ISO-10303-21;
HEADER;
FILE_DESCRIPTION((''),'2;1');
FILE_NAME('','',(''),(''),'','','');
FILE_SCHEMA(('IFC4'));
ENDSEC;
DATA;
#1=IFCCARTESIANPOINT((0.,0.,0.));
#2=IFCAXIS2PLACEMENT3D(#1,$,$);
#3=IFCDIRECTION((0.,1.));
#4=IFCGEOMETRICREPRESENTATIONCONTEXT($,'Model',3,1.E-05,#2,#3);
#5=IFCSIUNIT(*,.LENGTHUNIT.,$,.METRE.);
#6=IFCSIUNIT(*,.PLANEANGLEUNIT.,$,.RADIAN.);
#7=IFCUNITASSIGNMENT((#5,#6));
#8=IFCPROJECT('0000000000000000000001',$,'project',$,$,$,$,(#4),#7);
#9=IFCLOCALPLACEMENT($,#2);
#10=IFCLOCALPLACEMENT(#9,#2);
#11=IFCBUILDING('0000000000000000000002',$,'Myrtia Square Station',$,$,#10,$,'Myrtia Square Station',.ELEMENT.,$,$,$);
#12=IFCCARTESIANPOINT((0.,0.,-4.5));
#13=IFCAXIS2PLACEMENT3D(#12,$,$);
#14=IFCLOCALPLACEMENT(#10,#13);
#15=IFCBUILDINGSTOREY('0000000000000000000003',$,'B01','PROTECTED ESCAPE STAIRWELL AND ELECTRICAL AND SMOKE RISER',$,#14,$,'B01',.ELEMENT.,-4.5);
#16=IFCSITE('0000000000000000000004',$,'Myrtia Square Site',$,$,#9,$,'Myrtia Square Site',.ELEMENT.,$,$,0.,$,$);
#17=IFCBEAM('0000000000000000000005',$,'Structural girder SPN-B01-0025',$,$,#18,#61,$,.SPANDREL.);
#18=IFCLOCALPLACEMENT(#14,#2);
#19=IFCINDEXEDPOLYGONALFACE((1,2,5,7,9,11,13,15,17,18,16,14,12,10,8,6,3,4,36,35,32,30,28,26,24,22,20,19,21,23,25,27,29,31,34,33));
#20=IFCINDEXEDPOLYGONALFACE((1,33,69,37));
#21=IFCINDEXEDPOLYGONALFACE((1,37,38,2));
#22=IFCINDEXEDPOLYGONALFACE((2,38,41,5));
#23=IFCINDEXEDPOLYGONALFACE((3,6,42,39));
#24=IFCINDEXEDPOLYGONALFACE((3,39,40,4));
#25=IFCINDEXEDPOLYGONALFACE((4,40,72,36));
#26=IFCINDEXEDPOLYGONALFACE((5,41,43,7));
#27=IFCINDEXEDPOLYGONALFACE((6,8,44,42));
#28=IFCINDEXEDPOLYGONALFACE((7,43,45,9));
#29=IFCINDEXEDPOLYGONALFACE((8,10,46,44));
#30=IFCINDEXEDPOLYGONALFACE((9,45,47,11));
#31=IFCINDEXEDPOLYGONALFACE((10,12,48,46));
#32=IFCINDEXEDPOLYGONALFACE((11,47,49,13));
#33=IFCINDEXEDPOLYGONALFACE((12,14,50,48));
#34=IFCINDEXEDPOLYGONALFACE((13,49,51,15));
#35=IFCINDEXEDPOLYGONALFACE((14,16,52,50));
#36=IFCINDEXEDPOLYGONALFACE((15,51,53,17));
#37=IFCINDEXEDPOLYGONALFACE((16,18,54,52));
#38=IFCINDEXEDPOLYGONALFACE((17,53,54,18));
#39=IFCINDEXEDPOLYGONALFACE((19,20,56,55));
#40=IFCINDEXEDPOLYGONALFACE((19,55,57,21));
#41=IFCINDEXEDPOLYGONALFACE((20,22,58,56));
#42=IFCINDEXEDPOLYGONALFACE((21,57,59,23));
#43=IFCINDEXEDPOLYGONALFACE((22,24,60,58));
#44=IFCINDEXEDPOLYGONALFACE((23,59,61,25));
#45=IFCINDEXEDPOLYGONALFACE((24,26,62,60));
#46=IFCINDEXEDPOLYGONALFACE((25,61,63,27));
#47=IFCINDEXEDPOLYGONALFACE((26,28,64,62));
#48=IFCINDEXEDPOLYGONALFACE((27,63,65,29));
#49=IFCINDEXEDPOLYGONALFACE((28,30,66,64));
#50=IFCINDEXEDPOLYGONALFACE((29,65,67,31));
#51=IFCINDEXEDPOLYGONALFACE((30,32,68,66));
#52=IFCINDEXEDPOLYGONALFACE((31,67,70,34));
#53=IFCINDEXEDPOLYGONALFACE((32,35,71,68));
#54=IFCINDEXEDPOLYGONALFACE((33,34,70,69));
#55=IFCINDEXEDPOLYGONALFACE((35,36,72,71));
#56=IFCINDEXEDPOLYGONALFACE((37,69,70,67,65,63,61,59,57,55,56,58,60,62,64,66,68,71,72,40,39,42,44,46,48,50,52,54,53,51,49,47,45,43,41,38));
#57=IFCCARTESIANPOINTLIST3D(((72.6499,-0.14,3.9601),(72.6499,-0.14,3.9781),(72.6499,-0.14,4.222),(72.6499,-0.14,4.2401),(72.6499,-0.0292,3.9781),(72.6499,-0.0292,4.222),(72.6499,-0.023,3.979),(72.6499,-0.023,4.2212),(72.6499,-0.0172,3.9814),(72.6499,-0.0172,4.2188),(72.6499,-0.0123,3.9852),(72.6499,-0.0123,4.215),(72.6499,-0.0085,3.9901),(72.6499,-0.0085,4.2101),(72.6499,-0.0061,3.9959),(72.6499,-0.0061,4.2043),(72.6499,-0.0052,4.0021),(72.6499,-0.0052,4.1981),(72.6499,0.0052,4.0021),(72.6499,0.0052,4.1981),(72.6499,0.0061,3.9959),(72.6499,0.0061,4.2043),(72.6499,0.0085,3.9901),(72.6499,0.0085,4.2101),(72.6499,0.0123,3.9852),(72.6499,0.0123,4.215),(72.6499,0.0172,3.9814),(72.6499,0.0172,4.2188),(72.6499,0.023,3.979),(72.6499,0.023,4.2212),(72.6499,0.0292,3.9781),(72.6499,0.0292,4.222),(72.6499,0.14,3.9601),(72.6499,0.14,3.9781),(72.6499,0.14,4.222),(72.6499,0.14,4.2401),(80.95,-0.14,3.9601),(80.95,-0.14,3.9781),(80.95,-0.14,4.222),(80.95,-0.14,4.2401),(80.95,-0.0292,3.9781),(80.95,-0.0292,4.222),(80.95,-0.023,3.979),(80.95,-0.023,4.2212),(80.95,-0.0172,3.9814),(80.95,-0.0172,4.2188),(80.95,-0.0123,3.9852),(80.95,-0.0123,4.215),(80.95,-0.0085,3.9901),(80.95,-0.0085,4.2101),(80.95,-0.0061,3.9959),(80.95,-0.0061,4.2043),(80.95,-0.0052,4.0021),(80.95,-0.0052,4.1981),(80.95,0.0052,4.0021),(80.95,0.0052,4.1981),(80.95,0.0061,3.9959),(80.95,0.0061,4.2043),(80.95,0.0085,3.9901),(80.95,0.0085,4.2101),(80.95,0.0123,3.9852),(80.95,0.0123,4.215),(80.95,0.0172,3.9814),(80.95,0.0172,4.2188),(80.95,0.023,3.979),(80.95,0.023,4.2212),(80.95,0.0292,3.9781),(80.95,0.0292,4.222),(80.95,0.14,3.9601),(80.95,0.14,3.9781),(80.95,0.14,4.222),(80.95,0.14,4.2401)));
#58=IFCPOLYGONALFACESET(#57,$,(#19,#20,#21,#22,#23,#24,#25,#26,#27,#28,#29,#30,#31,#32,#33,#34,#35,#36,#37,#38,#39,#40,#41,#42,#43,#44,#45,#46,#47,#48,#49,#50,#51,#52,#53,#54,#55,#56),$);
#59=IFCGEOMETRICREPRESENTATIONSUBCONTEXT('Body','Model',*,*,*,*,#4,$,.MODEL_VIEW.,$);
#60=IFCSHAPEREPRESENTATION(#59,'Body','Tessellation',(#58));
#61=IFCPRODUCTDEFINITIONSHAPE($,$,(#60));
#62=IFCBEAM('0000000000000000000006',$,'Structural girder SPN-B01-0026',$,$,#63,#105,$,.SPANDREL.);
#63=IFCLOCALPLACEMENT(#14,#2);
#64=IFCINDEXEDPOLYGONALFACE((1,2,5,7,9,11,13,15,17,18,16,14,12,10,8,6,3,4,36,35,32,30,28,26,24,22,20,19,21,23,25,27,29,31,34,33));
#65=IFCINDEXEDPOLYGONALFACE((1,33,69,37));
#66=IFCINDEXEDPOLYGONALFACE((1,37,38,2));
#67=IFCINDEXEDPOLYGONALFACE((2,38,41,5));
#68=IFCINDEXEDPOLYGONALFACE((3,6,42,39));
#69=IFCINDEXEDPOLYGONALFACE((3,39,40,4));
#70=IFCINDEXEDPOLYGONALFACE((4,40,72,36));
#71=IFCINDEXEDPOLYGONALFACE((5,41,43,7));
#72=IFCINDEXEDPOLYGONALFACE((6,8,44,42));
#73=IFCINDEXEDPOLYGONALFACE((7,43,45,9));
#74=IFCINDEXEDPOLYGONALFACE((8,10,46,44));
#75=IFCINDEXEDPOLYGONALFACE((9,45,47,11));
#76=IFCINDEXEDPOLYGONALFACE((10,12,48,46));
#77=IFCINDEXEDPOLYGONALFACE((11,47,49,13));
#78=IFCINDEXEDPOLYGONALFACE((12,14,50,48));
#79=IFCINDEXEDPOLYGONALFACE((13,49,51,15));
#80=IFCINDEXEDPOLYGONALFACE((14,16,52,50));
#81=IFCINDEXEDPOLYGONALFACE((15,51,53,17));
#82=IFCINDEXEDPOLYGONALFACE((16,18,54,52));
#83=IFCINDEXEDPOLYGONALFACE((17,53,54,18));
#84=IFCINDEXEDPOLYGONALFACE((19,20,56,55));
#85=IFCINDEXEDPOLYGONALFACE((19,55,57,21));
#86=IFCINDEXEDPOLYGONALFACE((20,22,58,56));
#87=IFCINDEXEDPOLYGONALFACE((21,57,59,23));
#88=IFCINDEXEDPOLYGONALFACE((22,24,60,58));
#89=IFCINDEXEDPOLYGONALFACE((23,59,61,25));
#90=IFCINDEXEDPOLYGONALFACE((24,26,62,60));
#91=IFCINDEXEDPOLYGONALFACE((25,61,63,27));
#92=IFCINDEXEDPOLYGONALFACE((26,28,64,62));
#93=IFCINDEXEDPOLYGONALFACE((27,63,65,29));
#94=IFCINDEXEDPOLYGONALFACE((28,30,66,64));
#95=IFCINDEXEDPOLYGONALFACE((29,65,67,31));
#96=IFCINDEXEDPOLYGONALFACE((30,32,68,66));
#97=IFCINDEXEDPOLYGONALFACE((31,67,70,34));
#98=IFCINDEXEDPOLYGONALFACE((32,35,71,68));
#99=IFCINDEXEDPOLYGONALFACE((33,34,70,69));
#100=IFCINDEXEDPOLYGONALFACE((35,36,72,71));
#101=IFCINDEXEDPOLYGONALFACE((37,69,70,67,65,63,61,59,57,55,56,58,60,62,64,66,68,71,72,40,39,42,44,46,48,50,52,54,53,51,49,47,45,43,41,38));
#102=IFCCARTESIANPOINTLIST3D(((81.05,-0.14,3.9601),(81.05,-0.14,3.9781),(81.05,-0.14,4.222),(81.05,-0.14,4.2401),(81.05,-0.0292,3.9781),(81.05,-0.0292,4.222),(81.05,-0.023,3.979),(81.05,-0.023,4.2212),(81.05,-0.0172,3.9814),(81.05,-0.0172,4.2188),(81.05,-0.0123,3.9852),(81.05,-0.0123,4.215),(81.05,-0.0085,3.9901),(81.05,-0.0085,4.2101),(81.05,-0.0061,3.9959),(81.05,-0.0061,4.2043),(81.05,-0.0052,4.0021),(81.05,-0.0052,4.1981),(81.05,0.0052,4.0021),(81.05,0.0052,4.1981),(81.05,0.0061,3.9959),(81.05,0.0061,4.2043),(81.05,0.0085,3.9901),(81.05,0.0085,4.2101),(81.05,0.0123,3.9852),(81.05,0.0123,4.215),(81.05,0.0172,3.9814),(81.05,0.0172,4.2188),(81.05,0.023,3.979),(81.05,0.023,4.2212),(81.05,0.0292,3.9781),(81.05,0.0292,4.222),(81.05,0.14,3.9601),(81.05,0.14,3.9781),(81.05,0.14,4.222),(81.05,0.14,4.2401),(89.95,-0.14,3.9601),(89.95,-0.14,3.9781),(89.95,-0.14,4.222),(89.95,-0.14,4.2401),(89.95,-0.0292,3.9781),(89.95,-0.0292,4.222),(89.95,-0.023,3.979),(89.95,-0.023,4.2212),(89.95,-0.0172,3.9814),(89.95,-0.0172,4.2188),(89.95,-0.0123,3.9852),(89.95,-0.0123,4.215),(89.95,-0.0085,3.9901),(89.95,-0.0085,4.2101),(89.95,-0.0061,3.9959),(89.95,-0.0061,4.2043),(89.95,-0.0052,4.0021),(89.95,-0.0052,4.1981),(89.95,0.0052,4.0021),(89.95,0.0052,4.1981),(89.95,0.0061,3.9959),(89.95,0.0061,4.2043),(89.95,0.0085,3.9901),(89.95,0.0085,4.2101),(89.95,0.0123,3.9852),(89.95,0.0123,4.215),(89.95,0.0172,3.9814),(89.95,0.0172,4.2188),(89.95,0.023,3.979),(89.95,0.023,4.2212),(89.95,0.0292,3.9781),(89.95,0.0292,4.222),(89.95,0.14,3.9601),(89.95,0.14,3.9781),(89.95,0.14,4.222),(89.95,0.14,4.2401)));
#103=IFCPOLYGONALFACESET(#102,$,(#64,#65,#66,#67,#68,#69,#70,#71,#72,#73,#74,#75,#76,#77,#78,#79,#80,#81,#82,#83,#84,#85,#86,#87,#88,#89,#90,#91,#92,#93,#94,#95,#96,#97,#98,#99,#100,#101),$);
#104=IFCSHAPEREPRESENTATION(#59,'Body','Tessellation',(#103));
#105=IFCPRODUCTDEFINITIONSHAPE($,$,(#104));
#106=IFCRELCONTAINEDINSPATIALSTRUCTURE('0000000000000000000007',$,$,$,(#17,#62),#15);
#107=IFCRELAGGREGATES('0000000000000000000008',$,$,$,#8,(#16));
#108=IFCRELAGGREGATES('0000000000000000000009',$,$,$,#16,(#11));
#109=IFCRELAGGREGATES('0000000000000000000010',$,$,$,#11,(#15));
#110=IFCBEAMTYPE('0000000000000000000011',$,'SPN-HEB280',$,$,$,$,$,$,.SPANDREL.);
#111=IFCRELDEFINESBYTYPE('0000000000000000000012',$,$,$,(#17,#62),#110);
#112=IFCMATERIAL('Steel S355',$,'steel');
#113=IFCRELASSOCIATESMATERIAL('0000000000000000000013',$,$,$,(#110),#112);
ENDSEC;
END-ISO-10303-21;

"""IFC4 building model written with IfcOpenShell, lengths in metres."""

from ifc_helpers import new_model, si_unit, direction, frame, origin, origin_2d, place, context, subcontext, project, spatial, i_section, extrude, material, material_profile, profile_set, type_object, element, save


model = new_model("IFC4")

# Units and contexts
model_context = context("Model", 3, precision=1e-05, world=origin(), true_north=direction((0.0, 1.0)))
body_context = subcontext(model_context, "Body", "Model", "MODEL_VIEW")
ifc_project = project(units=[si_unit("LENGTHUNIT", "METRE"), si_unit("PLANEANGLEUNIT", "RADIAN")], contexts=[model_context])

# Site, building, storey
site_placement = place(None, origin())
site = spatial("IfcSite", under=ifc_project, at=site_placement, Name="Myrtia Square Site", LongName="Myrtia Square Site", CompositionType="ELEMENT", RefElevation=0.0)
building_placement = place(site_placement, origin())
building = spatial("IfcBuilding", under=site, at=building_placement, Name="Myrtia Square Station", LongName="Myrtia Square Station", CompositionType="ELEMENT")
storey_placement = place(building_placement, frame((0.0, 0.0, -4.5)))
storey = spatial("IfcBuildingStorey", under=building, at=storey_placement, Name="B01", Description="PROTECTED ESCAPE STAIRWELL AND ELECTRICAL AND SMOKE RISER", LongName="B01", CompositionType="ELEMENT", Elevation=-4.5)

# Beams
ifc_material_1 = material(Name="Steel S355", Category="steel")
ifc_material_profile_1 = material_profile(ifc_material_1, i_section(OverallWidth=0.28, OverallDepth=0.28, WebThickness=0.0105, FlangeThickness=0.0181, FilletRadius=0.0239, at=origin_2d()), Name="HEB 280")
ifc_profile_set_1 = profile_set([ifc_material_profile_1], Name="Steel S355")
beam_type_1 = type_object("IfcBeamType", Name="SPN-HEB280", PredefinedType="SPANDREL", material=ifc_profile_set_1)
beam_1_placement = place(storey_placement, frame((72.6499, 0.0, 4.1001), z_axis=(1.0, 0.0, 0.0), x_axis=(0.0, 1.0, 0.0)))
element("IfcBeam", 1, at=beam_1_placement, inside=storey, type_object=beam_type_1, Name="Structural girder SPN-B01-0025", PredefinedType="SPANDREL", context=body_context, shape_type="SweptSolid", body=[
    extrude(i_section(OverallWidth=0.28, OverallDepth=0.28, WebThickness=0.0105, FlangeThickness=0.0181, FilletRadius=0.0239, at=origin_2d()), origin(), (0.0, 0.0, 1.0), 8.3),
])
beam_2_placement = place(storey_placement, frame((81.05, 0.0, 4.1001), z_axis=(1.0, 0.0, 0.0), x_axis=(0.0, 1.0, 0.0)))
element("IfcBeam", 2, at=beam_2_placement, inside=storey, type_object=beam_type_1, Name="Structural girder SPN-B01-0026", PredefinedType="SPANDREL", context=body_context, shape_type="SweptSolid", body=[
    extrude(i_section(OverallWidth=0.28, OverallDepth=0.28, WebThickness=0.0105, FlangeThickness=0.0181, FilletRadius=0.0239, at=origin_2d()), origin(), (0.0, 0.0, 1.0), 8.8999),
])

save(model, "model.ifc")
